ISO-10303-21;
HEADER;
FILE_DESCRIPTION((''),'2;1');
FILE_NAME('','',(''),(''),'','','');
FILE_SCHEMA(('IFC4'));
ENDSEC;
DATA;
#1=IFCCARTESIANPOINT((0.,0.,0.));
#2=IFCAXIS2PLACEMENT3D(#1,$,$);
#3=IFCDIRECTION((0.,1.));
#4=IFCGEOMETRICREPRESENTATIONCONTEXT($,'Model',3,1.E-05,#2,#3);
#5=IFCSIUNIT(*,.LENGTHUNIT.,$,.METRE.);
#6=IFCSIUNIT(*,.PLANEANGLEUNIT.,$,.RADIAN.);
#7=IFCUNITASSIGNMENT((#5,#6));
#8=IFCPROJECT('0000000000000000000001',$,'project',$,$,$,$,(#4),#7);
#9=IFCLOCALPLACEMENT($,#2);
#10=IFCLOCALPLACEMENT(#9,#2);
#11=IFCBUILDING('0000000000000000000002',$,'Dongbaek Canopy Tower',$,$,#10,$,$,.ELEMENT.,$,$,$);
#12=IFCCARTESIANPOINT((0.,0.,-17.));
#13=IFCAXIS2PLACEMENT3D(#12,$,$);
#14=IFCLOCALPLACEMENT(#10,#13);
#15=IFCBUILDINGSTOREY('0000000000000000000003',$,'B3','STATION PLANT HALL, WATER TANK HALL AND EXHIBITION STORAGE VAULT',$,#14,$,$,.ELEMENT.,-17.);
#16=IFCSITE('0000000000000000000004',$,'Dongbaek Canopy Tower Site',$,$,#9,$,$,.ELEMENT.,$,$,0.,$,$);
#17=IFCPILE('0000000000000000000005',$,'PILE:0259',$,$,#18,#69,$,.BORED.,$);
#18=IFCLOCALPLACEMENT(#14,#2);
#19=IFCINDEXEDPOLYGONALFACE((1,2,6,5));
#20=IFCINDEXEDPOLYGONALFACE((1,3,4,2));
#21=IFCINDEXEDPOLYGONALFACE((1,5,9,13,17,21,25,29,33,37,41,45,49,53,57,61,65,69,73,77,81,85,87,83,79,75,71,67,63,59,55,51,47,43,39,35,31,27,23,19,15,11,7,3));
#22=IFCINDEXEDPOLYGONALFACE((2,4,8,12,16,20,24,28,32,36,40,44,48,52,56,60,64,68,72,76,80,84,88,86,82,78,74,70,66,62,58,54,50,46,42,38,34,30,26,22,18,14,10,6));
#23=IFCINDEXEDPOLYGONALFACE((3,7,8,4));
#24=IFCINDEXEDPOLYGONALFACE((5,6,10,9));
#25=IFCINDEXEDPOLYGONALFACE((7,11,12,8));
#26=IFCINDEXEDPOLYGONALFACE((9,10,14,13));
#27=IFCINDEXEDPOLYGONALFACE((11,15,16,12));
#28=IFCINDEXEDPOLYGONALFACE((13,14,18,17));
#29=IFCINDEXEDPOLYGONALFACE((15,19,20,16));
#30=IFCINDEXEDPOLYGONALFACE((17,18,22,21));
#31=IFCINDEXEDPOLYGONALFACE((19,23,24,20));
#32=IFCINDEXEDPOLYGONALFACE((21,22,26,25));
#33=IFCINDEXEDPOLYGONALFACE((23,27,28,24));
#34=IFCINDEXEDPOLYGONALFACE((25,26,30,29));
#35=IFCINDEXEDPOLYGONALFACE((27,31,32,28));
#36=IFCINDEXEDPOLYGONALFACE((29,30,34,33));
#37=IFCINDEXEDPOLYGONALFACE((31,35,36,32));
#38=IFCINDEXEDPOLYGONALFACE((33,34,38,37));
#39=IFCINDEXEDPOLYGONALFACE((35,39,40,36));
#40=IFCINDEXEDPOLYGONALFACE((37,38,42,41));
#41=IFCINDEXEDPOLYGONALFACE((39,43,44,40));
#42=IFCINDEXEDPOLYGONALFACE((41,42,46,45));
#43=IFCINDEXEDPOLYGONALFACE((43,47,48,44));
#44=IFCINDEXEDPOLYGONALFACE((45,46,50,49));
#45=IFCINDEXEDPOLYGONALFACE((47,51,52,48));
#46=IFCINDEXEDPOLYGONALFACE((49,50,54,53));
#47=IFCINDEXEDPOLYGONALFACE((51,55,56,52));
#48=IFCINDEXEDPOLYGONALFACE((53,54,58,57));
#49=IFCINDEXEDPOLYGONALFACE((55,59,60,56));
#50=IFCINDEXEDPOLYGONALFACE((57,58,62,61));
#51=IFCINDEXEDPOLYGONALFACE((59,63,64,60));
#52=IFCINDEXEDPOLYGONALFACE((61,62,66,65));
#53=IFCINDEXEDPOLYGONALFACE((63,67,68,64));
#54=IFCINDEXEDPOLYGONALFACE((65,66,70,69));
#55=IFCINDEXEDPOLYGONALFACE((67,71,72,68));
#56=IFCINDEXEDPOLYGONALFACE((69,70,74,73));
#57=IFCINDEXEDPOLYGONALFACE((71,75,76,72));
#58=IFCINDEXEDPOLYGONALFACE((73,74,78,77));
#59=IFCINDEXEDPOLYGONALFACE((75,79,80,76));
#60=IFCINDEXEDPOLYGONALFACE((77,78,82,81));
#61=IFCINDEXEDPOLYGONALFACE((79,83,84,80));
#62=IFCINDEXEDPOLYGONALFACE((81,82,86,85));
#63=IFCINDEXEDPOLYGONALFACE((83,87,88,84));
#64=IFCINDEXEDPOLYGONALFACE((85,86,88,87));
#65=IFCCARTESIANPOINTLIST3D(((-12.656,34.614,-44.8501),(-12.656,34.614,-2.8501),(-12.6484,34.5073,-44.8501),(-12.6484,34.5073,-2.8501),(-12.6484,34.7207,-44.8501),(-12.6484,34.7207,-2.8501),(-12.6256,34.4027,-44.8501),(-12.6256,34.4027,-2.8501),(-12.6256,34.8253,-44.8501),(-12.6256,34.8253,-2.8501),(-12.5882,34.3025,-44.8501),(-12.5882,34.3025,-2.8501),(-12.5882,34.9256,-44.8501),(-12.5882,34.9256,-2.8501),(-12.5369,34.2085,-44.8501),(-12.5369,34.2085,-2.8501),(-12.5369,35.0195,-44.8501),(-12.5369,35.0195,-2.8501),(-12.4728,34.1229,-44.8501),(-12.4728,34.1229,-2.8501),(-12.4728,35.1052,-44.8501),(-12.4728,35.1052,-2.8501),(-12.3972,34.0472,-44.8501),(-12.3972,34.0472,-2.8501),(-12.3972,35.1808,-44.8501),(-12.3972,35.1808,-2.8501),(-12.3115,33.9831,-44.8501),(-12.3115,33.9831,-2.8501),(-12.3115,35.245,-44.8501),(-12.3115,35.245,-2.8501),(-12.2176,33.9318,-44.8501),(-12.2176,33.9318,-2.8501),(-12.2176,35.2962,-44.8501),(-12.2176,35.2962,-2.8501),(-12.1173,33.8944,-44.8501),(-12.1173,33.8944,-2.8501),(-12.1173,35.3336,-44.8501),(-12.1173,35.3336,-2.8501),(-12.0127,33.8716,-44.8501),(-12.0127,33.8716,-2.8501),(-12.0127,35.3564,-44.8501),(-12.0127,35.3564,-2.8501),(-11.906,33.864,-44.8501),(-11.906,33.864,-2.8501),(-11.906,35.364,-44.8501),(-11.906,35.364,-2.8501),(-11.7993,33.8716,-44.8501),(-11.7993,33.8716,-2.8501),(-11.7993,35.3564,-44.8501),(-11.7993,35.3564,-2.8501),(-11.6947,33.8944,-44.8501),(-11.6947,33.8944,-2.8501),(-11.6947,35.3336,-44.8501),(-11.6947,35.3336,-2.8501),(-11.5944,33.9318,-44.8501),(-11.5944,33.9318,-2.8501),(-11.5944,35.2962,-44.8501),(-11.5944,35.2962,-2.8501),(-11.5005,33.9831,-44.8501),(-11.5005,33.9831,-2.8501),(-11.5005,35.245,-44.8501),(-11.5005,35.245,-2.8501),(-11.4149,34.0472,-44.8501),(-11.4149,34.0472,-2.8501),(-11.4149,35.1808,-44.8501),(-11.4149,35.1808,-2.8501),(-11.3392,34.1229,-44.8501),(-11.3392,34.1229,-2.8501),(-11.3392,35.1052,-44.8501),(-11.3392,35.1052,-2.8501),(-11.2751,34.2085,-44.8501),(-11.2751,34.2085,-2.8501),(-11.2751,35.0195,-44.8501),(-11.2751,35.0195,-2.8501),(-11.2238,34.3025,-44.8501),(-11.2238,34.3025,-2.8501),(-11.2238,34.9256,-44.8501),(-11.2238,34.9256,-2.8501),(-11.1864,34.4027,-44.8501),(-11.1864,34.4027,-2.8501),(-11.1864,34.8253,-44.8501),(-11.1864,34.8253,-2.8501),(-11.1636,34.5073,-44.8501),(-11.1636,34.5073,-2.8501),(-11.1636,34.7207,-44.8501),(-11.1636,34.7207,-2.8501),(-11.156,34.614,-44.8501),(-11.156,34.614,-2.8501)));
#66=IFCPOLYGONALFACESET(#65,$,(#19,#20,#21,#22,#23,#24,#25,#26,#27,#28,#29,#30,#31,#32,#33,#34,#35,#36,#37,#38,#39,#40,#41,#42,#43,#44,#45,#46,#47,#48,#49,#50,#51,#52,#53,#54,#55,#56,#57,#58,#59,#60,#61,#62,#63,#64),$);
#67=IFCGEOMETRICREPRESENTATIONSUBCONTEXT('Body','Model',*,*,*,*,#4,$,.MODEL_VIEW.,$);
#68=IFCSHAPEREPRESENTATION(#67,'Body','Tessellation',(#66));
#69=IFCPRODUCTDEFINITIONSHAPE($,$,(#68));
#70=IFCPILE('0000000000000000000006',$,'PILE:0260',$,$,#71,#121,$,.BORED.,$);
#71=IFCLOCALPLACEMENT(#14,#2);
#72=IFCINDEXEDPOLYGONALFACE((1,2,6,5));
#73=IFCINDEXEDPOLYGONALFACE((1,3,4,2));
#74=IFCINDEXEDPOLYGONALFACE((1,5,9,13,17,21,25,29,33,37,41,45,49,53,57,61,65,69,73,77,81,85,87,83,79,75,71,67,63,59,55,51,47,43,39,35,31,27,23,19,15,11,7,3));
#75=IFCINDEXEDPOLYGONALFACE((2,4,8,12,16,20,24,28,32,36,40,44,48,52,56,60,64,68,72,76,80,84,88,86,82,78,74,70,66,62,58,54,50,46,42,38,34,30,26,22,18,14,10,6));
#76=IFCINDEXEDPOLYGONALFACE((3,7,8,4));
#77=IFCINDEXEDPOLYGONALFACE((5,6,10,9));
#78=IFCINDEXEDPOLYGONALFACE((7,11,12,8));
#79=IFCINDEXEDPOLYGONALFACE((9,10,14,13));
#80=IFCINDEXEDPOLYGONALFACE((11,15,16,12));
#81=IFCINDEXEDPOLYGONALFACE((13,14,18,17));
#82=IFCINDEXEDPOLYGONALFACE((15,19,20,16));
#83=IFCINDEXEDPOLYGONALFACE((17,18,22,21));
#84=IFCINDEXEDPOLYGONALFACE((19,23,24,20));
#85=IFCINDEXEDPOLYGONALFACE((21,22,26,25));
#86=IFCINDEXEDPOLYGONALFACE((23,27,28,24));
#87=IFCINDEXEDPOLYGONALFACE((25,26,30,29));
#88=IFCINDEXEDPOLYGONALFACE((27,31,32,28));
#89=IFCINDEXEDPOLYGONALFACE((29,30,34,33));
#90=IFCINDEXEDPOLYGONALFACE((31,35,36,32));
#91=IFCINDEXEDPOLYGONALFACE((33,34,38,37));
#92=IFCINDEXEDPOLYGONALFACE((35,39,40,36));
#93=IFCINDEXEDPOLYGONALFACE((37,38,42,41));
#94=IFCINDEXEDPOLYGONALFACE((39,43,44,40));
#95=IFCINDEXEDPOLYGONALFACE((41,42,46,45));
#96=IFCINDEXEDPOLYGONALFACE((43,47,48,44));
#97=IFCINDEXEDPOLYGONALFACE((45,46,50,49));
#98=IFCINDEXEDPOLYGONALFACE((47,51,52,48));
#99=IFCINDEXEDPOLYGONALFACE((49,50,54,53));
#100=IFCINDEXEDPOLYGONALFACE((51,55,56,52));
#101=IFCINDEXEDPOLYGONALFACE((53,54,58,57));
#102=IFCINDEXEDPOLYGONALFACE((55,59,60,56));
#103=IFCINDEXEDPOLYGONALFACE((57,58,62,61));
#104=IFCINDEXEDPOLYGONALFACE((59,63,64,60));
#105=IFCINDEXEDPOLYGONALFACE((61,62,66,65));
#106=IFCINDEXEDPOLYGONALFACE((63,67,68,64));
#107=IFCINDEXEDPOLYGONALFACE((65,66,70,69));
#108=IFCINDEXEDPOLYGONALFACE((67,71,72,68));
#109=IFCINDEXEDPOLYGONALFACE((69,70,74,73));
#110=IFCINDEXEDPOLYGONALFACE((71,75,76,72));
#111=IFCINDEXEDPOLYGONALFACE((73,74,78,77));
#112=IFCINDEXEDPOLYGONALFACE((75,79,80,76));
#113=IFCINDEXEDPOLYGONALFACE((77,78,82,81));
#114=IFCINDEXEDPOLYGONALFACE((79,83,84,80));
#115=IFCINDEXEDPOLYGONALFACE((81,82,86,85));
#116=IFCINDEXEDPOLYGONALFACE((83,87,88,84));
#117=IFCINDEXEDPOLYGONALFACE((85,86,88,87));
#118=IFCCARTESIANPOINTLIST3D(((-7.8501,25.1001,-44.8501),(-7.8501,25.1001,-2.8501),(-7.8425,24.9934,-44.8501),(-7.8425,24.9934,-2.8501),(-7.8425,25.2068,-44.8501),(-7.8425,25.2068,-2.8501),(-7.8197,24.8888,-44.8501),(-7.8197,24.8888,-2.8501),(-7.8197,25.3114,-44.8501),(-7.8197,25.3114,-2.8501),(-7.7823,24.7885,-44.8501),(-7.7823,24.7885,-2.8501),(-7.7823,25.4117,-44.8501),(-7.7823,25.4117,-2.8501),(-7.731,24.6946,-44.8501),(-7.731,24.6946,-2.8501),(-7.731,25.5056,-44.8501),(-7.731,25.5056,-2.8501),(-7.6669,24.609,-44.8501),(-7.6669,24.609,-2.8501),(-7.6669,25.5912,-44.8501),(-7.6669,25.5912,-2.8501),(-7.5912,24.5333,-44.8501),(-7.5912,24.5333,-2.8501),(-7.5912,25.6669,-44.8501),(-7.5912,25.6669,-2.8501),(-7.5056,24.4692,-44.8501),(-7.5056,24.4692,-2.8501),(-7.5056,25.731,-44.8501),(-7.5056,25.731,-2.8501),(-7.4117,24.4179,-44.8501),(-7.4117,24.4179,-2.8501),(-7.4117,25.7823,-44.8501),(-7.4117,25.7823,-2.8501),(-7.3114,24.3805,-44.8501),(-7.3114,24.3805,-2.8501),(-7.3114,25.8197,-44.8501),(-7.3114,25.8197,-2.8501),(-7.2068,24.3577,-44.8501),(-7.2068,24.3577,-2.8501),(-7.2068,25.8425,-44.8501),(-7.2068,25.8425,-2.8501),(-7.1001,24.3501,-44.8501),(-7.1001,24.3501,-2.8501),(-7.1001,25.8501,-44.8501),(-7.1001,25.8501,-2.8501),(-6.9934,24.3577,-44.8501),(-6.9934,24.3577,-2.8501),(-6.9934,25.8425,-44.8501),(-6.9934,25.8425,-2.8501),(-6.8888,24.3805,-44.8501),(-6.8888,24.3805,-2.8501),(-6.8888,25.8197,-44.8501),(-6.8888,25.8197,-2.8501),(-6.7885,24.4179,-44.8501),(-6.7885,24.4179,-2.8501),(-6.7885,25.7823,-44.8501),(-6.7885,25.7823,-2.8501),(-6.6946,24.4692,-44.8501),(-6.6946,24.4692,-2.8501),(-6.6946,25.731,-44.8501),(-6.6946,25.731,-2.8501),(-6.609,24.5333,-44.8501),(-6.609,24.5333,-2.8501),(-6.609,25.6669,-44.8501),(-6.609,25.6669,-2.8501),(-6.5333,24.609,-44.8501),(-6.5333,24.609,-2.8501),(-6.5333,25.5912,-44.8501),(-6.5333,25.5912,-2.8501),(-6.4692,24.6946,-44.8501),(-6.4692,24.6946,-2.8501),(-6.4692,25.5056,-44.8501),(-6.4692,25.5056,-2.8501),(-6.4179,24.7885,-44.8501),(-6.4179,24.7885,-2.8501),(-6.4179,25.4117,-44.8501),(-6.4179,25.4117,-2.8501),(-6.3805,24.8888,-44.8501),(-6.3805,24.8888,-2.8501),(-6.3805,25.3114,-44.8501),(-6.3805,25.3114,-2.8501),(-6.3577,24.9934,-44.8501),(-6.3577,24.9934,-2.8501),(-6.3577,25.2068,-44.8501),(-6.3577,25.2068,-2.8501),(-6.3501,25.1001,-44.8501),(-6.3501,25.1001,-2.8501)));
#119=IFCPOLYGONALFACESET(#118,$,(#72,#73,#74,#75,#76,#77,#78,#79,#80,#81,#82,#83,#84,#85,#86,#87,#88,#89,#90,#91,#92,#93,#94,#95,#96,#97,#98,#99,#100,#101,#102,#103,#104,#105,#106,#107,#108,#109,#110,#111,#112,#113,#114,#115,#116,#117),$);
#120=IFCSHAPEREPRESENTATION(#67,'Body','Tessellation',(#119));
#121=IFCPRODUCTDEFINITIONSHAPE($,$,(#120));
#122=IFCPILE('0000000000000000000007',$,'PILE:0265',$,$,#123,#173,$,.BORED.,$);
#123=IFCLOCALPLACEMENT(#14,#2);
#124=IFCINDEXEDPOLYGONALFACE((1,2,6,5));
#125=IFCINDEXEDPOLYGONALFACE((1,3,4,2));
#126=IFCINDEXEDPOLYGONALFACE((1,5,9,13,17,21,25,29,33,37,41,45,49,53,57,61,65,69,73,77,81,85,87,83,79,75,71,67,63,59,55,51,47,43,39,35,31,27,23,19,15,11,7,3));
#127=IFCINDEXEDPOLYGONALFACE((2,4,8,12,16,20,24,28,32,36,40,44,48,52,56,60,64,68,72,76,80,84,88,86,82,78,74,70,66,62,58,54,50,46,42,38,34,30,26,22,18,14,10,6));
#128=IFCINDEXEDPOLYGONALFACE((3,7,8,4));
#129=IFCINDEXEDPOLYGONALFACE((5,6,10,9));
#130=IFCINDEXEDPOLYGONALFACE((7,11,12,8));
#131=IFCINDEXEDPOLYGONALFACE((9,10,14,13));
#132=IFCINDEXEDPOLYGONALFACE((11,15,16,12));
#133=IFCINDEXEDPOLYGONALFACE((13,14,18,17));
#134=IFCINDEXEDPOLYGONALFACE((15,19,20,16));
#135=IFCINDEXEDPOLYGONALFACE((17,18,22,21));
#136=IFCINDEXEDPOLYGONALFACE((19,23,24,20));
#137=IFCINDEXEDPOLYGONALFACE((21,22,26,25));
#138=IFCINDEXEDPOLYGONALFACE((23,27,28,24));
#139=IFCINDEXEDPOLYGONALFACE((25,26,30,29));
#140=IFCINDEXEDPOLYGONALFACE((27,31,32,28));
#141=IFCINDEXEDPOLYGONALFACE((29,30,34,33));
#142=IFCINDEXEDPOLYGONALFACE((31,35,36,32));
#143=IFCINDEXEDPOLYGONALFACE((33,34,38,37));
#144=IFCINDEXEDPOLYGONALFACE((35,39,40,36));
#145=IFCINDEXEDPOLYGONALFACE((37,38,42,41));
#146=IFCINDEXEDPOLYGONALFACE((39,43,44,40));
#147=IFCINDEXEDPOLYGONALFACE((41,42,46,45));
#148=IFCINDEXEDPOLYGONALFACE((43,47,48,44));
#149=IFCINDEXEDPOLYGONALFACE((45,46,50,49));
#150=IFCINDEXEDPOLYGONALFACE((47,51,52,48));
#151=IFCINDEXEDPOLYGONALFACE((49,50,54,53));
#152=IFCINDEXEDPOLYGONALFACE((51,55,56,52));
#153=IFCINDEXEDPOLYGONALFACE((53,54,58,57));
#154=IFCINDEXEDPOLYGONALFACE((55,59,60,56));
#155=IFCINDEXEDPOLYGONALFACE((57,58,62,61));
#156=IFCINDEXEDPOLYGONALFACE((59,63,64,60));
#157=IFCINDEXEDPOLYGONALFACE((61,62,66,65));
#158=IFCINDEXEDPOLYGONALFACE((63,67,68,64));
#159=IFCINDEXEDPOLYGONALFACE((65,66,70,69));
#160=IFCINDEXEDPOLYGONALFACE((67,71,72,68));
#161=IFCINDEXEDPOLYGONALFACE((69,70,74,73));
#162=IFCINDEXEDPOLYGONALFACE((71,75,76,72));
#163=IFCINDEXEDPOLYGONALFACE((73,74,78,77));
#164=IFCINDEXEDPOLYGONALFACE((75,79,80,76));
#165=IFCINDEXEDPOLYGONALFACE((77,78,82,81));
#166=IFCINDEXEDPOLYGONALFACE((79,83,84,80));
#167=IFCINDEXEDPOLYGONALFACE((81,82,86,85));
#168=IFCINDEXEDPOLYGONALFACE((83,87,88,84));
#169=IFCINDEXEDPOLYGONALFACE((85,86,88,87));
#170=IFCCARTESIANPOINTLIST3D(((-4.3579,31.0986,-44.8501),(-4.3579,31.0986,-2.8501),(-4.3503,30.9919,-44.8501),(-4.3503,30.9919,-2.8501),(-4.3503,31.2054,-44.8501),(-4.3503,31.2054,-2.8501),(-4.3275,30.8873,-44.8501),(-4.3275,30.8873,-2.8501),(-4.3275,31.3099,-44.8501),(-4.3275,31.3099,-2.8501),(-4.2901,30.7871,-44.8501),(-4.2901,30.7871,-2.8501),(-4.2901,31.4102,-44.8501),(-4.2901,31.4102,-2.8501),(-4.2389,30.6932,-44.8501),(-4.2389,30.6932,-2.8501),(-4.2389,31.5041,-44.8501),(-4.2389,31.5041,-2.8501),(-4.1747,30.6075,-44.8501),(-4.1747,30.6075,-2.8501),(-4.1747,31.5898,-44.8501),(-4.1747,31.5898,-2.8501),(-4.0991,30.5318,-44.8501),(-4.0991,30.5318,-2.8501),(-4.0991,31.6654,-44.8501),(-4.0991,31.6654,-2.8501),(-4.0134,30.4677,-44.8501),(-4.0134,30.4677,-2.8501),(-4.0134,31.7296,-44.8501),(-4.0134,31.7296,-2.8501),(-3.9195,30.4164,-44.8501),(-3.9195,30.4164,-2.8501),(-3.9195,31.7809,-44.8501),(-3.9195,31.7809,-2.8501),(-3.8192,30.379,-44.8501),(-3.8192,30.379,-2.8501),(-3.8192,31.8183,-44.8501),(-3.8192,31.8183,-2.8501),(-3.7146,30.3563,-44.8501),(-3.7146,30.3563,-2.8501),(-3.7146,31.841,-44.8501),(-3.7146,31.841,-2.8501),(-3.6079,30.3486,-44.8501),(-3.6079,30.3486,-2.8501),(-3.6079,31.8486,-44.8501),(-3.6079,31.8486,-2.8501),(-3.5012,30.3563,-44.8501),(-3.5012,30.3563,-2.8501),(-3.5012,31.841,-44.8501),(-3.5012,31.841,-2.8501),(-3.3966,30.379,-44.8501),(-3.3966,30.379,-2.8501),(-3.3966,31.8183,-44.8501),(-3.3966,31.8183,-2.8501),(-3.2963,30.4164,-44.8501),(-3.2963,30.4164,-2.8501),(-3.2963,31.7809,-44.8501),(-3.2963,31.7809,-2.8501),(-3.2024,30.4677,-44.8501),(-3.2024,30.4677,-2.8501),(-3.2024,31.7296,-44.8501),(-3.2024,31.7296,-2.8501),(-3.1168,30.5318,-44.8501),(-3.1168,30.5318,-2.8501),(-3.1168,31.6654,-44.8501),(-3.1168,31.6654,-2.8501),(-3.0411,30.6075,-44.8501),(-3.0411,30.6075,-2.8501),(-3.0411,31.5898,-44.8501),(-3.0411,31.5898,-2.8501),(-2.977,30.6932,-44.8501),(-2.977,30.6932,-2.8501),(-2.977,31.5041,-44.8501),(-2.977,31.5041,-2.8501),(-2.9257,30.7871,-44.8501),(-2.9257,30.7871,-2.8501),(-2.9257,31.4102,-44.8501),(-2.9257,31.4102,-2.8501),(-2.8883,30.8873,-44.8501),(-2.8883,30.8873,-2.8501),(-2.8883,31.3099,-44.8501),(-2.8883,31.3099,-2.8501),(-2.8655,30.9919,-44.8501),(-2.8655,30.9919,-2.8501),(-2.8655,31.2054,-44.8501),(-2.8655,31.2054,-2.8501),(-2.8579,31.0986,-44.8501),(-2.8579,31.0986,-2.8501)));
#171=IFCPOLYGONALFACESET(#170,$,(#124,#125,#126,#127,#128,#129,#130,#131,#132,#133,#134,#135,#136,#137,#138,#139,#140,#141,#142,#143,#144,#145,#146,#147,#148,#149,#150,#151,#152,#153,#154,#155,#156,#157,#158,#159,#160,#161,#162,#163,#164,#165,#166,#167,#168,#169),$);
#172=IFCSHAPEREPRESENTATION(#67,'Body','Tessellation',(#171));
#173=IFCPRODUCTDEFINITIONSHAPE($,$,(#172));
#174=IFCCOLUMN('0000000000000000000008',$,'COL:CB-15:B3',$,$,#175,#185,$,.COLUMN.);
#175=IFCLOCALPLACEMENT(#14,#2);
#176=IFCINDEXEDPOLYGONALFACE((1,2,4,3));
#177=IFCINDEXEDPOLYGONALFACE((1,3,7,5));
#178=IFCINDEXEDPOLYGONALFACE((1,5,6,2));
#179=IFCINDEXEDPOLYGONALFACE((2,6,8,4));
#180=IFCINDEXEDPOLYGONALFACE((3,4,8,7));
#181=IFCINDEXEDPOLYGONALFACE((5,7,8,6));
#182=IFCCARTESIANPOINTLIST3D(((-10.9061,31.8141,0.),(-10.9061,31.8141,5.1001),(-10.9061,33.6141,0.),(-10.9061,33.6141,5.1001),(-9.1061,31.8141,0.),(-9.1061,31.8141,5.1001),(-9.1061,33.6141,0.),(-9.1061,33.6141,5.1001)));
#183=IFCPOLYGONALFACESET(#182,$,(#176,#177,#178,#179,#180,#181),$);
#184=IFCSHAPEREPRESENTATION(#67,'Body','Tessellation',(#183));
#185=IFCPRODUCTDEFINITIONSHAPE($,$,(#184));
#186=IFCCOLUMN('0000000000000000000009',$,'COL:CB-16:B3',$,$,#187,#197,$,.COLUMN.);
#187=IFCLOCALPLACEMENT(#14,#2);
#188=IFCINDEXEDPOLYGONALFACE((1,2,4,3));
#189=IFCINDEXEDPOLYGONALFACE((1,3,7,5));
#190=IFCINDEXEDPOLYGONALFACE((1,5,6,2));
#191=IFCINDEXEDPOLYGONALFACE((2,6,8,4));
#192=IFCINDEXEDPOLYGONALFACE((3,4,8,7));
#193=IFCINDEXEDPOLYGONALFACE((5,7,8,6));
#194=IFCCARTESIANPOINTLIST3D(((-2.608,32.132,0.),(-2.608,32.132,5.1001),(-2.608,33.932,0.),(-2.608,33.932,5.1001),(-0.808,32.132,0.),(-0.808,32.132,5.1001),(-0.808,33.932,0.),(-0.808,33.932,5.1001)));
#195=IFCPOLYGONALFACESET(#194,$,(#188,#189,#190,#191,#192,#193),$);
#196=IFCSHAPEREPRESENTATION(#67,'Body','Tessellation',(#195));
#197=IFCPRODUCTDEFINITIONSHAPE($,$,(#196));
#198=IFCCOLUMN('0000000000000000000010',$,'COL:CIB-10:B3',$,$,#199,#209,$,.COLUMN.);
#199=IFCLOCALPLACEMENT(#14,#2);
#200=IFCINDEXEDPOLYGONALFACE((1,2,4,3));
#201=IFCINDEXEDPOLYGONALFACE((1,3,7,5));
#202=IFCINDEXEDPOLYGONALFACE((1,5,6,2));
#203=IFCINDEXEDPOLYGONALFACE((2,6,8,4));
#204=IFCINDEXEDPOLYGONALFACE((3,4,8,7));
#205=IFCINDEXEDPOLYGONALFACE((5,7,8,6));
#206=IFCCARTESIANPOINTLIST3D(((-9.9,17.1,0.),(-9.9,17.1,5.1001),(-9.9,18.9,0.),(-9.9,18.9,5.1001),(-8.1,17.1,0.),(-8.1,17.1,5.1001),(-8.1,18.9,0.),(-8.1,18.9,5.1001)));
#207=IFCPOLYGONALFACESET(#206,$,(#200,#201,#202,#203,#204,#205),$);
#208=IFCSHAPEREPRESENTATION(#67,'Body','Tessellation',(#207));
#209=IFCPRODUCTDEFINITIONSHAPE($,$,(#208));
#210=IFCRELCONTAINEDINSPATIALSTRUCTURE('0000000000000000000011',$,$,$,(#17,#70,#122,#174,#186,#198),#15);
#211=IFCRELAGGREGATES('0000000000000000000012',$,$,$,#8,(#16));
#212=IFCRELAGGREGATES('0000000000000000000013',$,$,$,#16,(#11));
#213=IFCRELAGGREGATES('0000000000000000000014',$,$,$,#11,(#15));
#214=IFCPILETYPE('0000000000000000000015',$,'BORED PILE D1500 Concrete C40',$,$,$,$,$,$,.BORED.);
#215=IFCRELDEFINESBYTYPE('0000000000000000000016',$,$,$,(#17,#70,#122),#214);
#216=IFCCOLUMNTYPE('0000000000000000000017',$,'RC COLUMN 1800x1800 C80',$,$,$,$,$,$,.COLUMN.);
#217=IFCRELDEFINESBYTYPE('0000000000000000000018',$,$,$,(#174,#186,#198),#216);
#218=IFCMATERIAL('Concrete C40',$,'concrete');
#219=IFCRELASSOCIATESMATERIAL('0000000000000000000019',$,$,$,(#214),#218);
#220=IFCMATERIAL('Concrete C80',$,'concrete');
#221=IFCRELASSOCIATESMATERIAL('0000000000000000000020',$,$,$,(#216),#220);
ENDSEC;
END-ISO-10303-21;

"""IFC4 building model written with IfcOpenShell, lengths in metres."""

from ifc_helpers import new_model, si_unit, direction, frame, origin, origin_2d, place, context, subcontext, project, spatial, rectangle, circle, extrude, material, material_profile, profile_set, type_object, element, save


model = new_model("IFC4")

# Units and contexts
model_context = context("Model", 3, precision=1e-05, world=origin(), true_north=direction((0.0, 1.0)))
body_context = subcontext(model_context, "Body", "Model", "MODEL_VIEW")
ifc_project = project(units=[si_unit("LENGTHUNIT", "METRE"), si_unit("PLANEANGLEUNIT", "RADIAN")], contexts=[model_context])

# Site, building, storey
site_placement = place(None, origin())
site = spatial("IfcSite", under=ifc_project, at=site_placement, Name="Dongbaek Canopy Tower Site", CompositionType="ELEMENT", RefElevation=0.0)
building_placement = place(site_placement, origin())
building = spatial("IfcBuilding", under=site, at=building_placement, Name="Dongbaek Canopy Tower", CompositionType="ELEMENT")
storey_placement = place(building_placement, frame((0.0, 0.0, -17.0)))
storey = spatial("IfcBuildingStorey", under=building, at=storey_placement, Name="B3", Description="STATION PLANT HALL, WATER TANK HALL AND EXHIBITION STORAGE VAULT", CompositionType="ELEMENT", Elevation=-17.0)

# Piles
ifc_material_1 = material(Name="Concrete C40", Category="concrete")
ifc_material_profile_1 = material_profile(ifc_material_1, circle(Radius=0.75, at=origin_2d()), Name="BORED PILE D1500 Concrete C40")
ifc_profile_set_1 = profile_set([ifc_material_profile_1], Name="Concrete C40")
pile_type = type_object("IfcPileType", Name="BORED PILE D1500 Concrete C40", PredefinedType="BORED", material=ifc_profile_set_1)
for number, where, z_axis, x_axis, name in (
    (1, (-11.906, 34.614, -2.8501), (0.0, 0.0, -1.0), (1.0, 0.0, 0.0), "PILE:0259"),
    (2, (-7.1001, 25.1001, -2.8501), (0.0, 0.0, -1.0), (1.0, 0.0, 0.0), "PILE:0260"),
    (3, (-3.6079, 31.0986, -2.8501), (0.0, 0.0, -1.0), (1.0, 0.0, 0.0), "PILE:0265"),
):
    element("IfcPile", number, at=place(storey_placement, frame(where, z_axis=z_axis, x_axis=x_axis)), inside=storey, type_object=pile_type, Name=name, PredefinedType="BORED", context=body_context, shape_type="SweptSolid", body=[
        extrude(circle(Radius=0.75, at=origin_2d()), origin(), (0.0, 0.0, 1.0), 42.0),
    ])

# Columns
ifc_material_2 = material(Name="Concrete C80", Category="concrete")
ifc_material_profile_2 = material_profile(ifc_material_2, rectangle(XDim=1.8, YDim=1.8, at=origin_2d()), Name="RC COLUMN 1800x1800 C80")
ifc_profile_set_2 = profile_set([ifc_material_profile_2], Name="Concrete C80")
column_type = type_object("IfcColumnType", Name="RC COLUMN 1800x1800 C80", PredefinedType="COLUMN", material=ifc_profile_set_2)
for number, where, z_axis, x_axis, name in (
    (4, (-10.0061, 32.7141, 0.0), (0.0, 0.0, 1.0), (1.0, 0.0, 0.0), "COL:CB-15:B3"),
    (5, (-1.708, 33.032, 0.0), (0.0, 0.0, 1.0), (1.0, 0.0, 0.0), "COL:CB-16:B3"),
    (6, (-9.0, 18.0, 0.0), (0.0, 0.0, 1.0), (1.0, 0.0, 0.0), "COL:CIB-10:B3"),
):
    element("IfcColumn", number, at=place(storey_placement, frame(where, z_axis=z_axis, x_axis=x_axis)), inside=storey, type_object=column_type, Name=name, PredefinedType="COLUMN", context=body_context, shape_type="SweptSolid", body=[
        extrude(rectangle(XDim=1.8, YDim=1.8, at=origin_2d()), origin(), (0.0, 0.0, 1.0), 5.1001),
    ])

save(model, "model.ifc")
